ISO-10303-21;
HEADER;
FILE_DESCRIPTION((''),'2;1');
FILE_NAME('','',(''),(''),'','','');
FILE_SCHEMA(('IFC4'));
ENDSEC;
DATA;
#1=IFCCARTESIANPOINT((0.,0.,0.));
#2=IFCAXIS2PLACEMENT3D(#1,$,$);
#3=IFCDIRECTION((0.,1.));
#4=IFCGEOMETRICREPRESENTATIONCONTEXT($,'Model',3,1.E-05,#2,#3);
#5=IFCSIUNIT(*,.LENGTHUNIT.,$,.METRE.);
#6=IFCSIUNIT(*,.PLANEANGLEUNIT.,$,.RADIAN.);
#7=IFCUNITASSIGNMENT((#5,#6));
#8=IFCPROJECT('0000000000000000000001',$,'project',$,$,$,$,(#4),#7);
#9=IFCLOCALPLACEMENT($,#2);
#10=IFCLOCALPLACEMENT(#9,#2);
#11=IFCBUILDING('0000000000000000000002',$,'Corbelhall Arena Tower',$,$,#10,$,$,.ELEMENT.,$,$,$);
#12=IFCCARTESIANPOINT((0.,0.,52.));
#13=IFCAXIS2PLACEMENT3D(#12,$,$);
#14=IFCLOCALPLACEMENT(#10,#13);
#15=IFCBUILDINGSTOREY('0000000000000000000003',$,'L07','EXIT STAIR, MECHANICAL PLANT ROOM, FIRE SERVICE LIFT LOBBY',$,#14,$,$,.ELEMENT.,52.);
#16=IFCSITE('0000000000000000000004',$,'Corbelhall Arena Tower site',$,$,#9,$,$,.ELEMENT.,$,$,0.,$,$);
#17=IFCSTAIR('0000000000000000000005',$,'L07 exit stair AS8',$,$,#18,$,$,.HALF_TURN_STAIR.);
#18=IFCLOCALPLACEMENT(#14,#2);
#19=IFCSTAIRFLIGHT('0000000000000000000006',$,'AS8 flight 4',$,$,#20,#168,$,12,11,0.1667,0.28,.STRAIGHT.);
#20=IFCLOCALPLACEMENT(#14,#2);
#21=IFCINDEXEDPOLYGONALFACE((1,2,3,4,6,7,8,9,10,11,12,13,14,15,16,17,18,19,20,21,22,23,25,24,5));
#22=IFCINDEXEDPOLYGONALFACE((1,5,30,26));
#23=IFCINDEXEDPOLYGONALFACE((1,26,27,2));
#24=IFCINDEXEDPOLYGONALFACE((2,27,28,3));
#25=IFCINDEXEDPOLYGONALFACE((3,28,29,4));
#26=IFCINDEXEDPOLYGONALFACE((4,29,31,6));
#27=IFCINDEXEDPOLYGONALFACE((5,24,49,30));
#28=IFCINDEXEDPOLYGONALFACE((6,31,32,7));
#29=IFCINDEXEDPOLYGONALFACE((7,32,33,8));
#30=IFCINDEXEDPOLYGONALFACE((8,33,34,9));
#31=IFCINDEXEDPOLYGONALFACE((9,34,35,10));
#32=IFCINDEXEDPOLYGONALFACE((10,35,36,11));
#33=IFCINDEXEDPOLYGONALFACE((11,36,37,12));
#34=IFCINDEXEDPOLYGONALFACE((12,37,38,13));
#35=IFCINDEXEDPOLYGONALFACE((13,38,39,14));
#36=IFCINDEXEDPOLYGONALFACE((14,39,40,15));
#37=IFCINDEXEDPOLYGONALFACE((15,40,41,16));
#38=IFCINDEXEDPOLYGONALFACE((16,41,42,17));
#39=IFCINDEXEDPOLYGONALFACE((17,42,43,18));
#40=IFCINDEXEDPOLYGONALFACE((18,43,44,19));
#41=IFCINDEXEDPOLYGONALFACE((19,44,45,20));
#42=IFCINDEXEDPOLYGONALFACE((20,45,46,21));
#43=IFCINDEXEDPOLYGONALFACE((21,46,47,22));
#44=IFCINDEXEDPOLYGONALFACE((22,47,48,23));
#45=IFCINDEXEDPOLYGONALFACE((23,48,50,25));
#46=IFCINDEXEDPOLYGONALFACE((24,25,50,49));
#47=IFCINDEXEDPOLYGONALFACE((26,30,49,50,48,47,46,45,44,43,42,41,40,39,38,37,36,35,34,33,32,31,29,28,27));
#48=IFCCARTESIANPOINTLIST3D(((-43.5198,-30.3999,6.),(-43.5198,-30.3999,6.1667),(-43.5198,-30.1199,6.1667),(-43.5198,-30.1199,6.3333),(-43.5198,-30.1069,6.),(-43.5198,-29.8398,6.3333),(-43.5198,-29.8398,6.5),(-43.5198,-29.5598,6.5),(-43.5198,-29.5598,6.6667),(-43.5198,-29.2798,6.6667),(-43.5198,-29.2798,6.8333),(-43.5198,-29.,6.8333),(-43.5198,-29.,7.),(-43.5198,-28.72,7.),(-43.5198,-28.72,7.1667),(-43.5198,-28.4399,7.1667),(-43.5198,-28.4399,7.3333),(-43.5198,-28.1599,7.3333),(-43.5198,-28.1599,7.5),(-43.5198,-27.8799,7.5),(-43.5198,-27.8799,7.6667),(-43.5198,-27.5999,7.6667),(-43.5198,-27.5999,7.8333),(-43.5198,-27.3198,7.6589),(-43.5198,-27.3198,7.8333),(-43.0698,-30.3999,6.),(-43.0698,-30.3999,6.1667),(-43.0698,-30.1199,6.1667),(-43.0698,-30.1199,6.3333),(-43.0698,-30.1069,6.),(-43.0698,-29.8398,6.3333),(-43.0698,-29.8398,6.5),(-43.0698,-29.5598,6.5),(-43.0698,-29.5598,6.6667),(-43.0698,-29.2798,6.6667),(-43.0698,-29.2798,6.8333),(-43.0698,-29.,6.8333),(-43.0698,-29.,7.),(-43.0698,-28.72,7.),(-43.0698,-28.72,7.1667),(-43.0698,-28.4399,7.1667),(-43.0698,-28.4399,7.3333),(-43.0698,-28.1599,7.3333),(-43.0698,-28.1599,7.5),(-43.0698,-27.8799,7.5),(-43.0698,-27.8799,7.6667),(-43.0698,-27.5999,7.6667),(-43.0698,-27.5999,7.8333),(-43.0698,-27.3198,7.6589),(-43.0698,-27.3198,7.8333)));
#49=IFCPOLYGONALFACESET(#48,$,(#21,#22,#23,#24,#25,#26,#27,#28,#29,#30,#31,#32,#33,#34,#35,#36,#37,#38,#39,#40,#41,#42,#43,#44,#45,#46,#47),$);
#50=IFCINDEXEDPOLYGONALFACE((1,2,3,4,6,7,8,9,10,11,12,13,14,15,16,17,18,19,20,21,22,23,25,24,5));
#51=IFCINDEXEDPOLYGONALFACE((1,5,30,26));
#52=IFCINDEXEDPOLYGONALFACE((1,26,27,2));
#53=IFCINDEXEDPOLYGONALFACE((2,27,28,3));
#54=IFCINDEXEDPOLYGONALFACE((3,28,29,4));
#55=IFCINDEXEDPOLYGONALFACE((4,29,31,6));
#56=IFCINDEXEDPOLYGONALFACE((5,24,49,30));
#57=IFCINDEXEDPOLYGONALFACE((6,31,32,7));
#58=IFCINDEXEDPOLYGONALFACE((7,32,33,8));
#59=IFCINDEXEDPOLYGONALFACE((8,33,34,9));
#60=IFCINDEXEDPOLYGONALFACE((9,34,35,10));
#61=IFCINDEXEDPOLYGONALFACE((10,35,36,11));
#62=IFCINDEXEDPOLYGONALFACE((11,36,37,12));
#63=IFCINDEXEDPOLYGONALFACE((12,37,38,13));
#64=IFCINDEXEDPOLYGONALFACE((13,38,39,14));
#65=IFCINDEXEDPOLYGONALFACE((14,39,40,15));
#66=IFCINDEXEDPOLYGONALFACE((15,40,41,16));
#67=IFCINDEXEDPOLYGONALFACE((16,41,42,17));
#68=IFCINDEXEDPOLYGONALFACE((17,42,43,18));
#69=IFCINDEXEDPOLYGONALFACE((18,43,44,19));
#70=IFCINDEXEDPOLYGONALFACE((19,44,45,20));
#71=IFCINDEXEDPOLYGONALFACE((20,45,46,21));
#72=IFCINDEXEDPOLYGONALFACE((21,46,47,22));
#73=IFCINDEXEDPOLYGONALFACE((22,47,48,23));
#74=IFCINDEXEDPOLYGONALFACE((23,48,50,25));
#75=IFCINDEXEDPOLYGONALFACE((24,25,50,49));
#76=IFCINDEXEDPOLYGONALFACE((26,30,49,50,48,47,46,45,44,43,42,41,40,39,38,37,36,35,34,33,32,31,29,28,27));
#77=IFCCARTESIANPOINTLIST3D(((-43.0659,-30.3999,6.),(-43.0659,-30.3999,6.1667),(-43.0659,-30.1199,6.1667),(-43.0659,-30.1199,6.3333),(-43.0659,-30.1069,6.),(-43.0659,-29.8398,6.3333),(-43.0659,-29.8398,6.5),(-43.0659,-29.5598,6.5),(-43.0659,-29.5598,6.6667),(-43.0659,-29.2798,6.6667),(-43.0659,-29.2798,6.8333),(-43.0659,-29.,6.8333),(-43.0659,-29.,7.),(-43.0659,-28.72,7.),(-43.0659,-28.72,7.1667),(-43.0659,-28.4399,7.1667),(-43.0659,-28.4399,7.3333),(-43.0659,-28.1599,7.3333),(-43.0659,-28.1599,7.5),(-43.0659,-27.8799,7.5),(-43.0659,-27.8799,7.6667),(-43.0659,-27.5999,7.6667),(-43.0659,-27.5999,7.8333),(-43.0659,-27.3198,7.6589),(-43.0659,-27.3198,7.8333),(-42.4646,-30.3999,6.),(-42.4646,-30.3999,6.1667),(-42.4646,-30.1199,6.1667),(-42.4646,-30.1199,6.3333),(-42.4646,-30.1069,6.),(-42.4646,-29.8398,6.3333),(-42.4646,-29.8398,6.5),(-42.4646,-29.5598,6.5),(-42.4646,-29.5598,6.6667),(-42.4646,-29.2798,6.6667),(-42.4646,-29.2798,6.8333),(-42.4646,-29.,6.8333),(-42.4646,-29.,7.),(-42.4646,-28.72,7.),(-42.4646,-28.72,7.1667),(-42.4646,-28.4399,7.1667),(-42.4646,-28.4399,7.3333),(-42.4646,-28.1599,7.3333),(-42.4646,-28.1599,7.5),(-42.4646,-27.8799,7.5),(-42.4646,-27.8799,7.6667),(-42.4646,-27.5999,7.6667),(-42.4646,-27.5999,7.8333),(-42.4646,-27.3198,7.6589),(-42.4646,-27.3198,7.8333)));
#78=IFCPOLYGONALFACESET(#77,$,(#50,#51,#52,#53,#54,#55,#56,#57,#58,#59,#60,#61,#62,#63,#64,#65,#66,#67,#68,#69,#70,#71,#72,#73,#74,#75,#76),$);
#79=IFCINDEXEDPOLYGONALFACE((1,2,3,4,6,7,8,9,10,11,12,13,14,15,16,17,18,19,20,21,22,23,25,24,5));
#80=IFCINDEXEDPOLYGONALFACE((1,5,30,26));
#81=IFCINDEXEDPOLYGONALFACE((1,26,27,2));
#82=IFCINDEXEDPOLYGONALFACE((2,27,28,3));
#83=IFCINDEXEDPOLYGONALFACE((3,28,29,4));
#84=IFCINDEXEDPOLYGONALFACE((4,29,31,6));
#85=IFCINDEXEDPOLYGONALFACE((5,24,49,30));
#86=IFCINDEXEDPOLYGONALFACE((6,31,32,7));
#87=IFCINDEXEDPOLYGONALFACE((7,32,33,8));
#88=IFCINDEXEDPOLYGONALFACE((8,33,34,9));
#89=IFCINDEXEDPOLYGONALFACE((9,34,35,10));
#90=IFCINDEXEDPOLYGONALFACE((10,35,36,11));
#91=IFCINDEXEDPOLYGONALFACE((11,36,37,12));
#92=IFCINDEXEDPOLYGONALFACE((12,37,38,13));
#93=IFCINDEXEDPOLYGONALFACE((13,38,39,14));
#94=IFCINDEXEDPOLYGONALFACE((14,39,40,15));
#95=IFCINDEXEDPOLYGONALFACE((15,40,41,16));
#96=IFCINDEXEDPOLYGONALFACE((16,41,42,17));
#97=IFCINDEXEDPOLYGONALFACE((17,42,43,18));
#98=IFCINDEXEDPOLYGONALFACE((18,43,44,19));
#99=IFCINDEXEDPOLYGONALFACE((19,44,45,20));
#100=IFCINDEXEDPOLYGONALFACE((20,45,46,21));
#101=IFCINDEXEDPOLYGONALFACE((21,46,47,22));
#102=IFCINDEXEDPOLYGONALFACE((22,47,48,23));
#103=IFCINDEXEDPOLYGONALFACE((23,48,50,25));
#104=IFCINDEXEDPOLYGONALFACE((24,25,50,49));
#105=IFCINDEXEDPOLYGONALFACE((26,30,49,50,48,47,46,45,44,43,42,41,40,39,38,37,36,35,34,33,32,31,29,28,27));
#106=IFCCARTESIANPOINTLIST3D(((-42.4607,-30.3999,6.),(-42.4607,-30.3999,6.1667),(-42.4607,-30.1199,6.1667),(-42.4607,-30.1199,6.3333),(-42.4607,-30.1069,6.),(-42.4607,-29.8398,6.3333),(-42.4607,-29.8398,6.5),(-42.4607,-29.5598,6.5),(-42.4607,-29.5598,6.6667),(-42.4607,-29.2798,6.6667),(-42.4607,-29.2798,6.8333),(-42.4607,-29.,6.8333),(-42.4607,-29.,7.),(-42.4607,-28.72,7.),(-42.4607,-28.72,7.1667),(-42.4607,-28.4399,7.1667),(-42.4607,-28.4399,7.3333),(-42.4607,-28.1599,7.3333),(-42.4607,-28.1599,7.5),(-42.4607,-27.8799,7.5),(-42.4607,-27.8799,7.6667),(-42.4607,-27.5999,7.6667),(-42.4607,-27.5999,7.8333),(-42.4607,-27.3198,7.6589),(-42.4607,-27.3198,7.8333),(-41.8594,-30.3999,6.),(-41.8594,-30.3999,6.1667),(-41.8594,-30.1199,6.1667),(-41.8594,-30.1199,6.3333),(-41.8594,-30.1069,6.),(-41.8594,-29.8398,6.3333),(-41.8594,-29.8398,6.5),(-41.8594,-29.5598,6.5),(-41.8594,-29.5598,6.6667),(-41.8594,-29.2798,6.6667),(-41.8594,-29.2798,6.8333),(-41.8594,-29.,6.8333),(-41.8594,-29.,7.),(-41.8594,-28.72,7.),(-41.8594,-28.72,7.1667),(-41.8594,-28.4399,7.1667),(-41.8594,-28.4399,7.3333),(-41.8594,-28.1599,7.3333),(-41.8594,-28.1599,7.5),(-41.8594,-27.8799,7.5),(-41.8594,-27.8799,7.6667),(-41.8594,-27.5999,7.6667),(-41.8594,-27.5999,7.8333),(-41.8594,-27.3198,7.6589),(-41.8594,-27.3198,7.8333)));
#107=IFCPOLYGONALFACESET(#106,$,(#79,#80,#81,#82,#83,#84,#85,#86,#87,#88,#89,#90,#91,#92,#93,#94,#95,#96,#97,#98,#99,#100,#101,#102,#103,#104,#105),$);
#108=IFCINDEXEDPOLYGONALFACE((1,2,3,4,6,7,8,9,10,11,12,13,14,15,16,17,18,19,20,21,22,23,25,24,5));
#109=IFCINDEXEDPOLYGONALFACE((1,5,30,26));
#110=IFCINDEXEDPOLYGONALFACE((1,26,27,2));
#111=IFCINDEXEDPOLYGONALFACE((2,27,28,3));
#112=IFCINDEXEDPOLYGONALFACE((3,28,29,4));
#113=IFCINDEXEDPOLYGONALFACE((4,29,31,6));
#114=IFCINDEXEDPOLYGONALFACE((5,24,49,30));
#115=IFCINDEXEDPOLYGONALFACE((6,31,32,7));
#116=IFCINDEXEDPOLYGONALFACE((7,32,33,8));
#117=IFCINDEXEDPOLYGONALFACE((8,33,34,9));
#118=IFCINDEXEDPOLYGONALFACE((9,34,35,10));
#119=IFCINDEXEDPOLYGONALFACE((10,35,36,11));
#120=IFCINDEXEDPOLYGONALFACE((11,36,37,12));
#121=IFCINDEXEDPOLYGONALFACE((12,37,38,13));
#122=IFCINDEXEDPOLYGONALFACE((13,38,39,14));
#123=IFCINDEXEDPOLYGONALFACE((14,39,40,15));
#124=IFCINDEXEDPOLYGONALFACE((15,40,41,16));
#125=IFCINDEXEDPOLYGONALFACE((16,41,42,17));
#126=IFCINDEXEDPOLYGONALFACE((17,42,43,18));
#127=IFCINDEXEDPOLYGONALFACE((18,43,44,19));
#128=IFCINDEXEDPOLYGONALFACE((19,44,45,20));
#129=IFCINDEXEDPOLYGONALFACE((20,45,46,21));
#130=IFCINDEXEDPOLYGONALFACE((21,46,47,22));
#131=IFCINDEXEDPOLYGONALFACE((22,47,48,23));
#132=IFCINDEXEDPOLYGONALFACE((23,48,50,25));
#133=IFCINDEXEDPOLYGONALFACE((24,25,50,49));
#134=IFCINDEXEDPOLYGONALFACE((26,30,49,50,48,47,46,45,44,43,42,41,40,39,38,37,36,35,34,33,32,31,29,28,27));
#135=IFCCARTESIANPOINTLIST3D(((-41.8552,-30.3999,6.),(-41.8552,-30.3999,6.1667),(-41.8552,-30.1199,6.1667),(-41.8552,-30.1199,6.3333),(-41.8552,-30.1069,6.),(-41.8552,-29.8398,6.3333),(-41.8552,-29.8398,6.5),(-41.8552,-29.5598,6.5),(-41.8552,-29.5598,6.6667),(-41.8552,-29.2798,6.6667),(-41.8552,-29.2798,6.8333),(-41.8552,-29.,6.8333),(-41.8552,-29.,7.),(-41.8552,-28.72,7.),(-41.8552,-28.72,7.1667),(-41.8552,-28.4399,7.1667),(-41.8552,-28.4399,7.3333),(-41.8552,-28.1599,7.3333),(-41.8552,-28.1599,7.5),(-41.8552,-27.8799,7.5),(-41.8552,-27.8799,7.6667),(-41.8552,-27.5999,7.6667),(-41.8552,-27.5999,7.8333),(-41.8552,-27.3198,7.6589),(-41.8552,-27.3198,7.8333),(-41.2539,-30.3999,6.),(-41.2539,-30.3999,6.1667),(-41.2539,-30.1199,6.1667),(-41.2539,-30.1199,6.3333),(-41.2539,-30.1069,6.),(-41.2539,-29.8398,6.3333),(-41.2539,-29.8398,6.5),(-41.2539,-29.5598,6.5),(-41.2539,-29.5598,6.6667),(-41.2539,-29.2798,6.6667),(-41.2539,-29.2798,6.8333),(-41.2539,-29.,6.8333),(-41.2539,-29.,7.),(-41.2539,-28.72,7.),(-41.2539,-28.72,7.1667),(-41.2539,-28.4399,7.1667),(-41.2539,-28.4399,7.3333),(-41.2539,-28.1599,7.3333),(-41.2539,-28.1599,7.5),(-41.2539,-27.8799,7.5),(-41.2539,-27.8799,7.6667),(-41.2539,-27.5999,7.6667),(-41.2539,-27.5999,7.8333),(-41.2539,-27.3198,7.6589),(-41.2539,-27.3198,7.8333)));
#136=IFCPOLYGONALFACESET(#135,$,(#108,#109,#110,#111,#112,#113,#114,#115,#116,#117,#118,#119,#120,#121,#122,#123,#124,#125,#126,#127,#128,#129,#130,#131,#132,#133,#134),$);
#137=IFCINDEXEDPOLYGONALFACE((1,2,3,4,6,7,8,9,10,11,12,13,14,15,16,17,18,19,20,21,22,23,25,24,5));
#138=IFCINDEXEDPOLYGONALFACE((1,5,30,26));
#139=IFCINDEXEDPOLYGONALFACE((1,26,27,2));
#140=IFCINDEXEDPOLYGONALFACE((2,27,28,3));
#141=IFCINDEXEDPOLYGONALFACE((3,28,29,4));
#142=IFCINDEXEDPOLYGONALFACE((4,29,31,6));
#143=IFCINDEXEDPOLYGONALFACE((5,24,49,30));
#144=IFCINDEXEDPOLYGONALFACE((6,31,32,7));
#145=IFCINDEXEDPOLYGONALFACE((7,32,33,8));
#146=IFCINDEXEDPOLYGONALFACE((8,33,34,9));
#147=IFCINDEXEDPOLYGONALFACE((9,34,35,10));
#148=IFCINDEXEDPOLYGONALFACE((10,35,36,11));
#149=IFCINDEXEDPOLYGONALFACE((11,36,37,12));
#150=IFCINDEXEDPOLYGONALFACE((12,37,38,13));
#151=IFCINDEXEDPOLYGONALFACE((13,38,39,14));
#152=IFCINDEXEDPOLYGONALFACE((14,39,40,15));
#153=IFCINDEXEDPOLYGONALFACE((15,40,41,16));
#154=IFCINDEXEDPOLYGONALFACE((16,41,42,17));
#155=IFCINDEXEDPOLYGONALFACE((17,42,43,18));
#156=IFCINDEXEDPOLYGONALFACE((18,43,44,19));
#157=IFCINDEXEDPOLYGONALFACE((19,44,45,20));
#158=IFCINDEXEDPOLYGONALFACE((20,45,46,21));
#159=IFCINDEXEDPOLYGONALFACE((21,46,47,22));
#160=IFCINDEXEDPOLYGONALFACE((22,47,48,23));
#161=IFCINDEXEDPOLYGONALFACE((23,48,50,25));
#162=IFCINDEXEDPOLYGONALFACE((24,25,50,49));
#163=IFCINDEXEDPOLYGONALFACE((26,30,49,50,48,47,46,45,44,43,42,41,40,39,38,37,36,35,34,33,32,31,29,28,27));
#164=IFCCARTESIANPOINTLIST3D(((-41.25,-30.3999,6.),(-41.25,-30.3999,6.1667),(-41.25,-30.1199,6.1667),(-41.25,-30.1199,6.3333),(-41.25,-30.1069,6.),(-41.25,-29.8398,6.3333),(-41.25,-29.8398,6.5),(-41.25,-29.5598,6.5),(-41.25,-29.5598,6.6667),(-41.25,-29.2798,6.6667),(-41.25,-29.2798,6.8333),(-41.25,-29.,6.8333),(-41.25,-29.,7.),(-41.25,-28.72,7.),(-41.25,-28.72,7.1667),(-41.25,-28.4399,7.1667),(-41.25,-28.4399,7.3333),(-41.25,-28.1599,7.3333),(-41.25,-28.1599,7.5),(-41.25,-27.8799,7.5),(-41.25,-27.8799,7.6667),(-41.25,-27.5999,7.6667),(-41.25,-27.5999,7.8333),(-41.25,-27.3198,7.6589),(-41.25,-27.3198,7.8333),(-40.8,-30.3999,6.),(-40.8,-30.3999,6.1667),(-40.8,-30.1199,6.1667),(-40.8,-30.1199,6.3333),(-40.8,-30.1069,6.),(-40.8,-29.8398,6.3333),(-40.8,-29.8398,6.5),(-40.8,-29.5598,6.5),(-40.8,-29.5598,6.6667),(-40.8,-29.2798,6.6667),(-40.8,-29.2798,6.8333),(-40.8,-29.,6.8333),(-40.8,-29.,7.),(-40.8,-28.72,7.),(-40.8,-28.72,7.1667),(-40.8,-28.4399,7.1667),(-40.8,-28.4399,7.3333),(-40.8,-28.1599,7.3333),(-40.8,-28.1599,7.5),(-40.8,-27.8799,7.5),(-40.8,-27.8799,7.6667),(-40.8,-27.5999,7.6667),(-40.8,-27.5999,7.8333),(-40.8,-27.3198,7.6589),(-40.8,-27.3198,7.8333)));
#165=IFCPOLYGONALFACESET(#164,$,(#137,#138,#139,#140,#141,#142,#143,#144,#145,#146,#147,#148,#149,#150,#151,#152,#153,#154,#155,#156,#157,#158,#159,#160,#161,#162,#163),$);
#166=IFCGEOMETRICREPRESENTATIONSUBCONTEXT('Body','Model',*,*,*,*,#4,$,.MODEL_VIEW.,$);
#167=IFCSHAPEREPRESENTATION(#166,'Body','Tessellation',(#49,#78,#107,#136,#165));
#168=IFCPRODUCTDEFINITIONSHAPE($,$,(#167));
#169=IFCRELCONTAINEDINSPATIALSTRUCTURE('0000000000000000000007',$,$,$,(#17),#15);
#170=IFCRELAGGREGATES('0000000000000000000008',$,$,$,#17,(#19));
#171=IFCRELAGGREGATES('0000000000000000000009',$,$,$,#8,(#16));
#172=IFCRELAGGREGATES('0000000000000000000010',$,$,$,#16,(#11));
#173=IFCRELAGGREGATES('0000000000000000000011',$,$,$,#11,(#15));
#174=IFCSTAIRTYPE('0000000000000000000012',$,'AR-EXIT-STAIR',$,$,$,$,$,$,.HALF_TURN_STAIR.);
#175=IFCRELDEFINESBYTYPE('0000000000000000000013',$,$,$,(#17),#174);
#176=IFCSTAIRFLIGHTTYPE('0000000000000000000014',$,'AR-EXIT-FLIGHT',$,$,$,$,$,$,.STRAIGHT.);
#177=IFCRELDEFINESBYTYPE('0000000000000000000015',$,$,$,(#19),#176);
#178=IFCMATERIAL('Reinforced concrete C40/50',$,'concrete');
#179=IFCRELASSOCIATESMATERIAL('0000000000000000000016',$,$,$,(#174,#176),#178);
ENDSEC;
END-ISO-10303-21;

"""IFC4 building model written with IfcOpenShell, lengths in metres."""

from ifc_helpers import new_model, si_unit, direction, frame, origin, place, context, subcontext, project, spatial, polyline, outline, extrude, material, type_object, element, aggregate, save


model = new_model("IFC4")

# Units and contexts
model_context = context("Model", 3, precision=1e-05, world=origin(), true_north=direction((0.0, 1.0)))
body_context = subcontext(model_context, "Body", "Model", "MODEL_VIEW")
ifc_project = project(units=[si_unit("LENGTHUNIT", "METRE"), si_unit("PLANEANGLEUNIT", "RADIAN")], contexts=[model_context])

# Site, building, storey
site_placement = place(None, origin())
site = spatial("IfcSite", under=ifc_project, at=site_placement, Name="Corbelhall Arena Tower site", CompositionType="ELEMENT", RefElevation=0.0)
building_placement = place(site_placement, origin())
building = spatial("IfcBuilding", under=site, at=building_placement, Name="Corbelhall Arena Tower", CompositionType="ELEMENT")
storey_placement = place(building_placement, frame((0.0, 0.0, 52.0)))
storey = spatial("IfcBuildingStorey", under=building, at=storey_placement, Name="L07", Description="EXIT STAIR, MECHANICAL PLANT ROOM, FIRE SERVICE LIFT LOBBY", CompositionType="ELEMENT", Elevation=52.0)

# Shared definitions
ifc_material_1 = material(Name="Reinforced concrete C40/50", Category="concrete")

# Stair, stair flight
stair_type = type_object("IfcStairType", Name="AR-EXIT-STAIR", PredefinedType="HALF_TURN_STAIR", material=ifc_material_1)
stair_placement = place(storey_placement, origin())
stair = element("IfcStair", 1, at=stair_placement, inside=storey, type_object=stair_type, Name="L07 exit stair AS8", PredefinedType="HALF_TURN_STAIR")
stair_flight_type = type_object("IfcStairFlightType", Name="AR-EXIT-FLIGHT", PredefinedType="STRAIGHT", material=ifc_material_1)
stair_flight_1_placement = place(storey_placement, frame((-42.1599, -30.3999, 6.0), z_axis=(0.0, 0.0, 1.0), x_axis=(0.0, 1.0, 0.0)))
stair_flight_1 = element("IfcStairFlight", 2, at=stair_flight_1_placement, type_object=stair_flight_type, Name="AS8 flight 4", NumberOfRisers=12, NumberOfTreads=11, PredefinedType="STRAIGHT", RiserHeight=0.1667, TreadLength=0.28, context=body_context, shape_type="SweptSolid", body=[
    extrude(outline(polyline([(0.0, 0.0), (0.0, 0.1667), (0.28, 0.1667), (0.28, 0.3333), (0.5601, 0.3333), (0.5601, 0.5), (0.8401, 0.5), (0.8401, 0.6667), (1.1201, 0.6667), (1.1201, 0.8333), (1.3999, 0.8333), (1.3999, 1.0), (1.6799, 1.0), (1.6799, 1.1667), (1.96, 1.1667), (1.96, 1.3333), (2.24, 1.3333), (2.24, 1.5), (2.52, 1.5), (2.52, 1.6667), (2.8, 1.6667), (2.8, 1.8333), (3.0801, 1.8333), (3.0801, 2.0), (3.0801, 1.6589), (0.293, 0.0), (0.0, 0.0)])), frame((0.0, 1.3599, 0.0), z_axis=(0.0, -1.0, 0.0), x_axis=(1.0, 0.0, 0.0)), (0.0, 0.0, 1.0), 0.45),
    extrude(outline(polyline([(0.0, 0.0), (0.0, 0.1667), (0.28, 0.1667), (0.28, 0.3333), (0.5601, 0.3333), (0.5601, 0.5), (0.8401, 0.5), (0.8401, 0.6667), (1.1201, 0.6667), (1.1201, 0.8333), (1.3999, 0.8333), (1.3999, 1.0), (1.6799, 1.0), (1.6799, 1.1667), (1.96, 1.1667), (1.96, 1.3333), (2.24, 1.3333), (2.24, 1.5), (2.52, 1.5), (2.52, 1.6667), (2.8, 1.6667), (2.8, 1.8333), (3.0801, 1.8333), (3.0801, 2.0), (3.0801, 1.6589), (0.293, 0.0), (0.0, 0.0)])), frame((0.0, 0.906, 0.0), z_axis=(0.0, -1.0, 0.0), x_axis=(1.0, 0.0, 0.0)), (0.0, 0.0, 1.0), 0.6013),
    extrude(outline(polyline([(0.0, 0.0), (0.0, 0.1667), (0.28, 0.1667), (0.28, 0.3333), (0.5601, 0.3333), (0.5601, 0.5), (0.8401, 0.5), (0.8401, 0.6667), (1.1201, 0.6667), (1.1201, 0.8333), (1.3999, 0.8333), (1.3999, 1.0), (1.6799, 1.0), (1.6799, 1.1667), (1.96, 1.1667), (1.96, 1.3333), (2.24, 1.3333), (2.24, 1.5), (2.52, 1.5), (2.52, 1.6667), (2.8, 1.6667), (2.8, 1.8333), (3.0801, 1.8333), (3.0801, 2.0), (3.0801, 1.6589), (0.293, 0.0), (0.0, 0.0)])), frame((0.0, 0.3008, 0.0), z_axis=(0.0, -1.0, 0.0), x_axis=(1.0, 0.0, 0.0)), (0.0, 0.0, 1.0), 0.6013),
    extrude(outline(polyline([(0.0, 0.0), (0.0, 0.1667), (0.28, 0.1667), (0.28, 0.3333), (0.5601, 0.3333), (0.5601, 0.5), (0.8401, 0.5), (0.8401, 0.6667), (1.1201, 0.6667), (1.1201, 0.8333), (1.3999, 0.8333), (1.3999, 1.0), (1.6799, 1.0), (1.6799, 1.1667), (1.96, 1.1667), (1.96, 1.3333), (2.24, 1.3333), (2.24, 1.5), (2.52, 1.5), (2.52, 1.6667), (2.8, 1.6667), (2.8, 1.8333), (3.0801, 1.8333), (3.0801, 2.0), (3.0801, 1.6589), (0.293, 0.0), (0.0, 0.0)])), frame((0.0, -0.3047, 0.0), z_axis=(0.0, -1.0, 0.0), x_axis=(1.0, 0.0, 0.0)), (0.0, 0.0, 1.0), 0.6013),
    extrude(outline(polyline([(0.0, 0.0), (0.0, 0.1667), (0.28, 0.1667), (0.28, 0.3333), (0.5601, 0.3333), (0.5601, 0.5), (0.8401, 0.5), (0.8401, 0.6667), (1.1201, 0.6667), (1.1201, 0.8333), (1.3999, 0.8333), (1.3999, 1.0), (1.6799, 1.0), (1.6799, 1.1667), (1.96, 1.1667), (1.96, 1.3333), (2.24, 1.3333), (2.24, 1.5), (2.52, 1.5), (2.52, 1.6667), (2.8, 1.6667), (2.8, 1.8333), (3.0801, 1.8333), (3.0801, 2.0), (3.0801, 1.6589), (0.293, 0.0), (0.0, 0.0)])), frame((0.0, -0.9099, 0.0), z_axis=(0.0, -1.0, 0.0), x_axis=(1.0, 0.0, 0.0)), (0.0, 0.0, 1.0), 0.45),
])
aggregate(stair, [stair_flight_1])

save(model, "model.ifc")
